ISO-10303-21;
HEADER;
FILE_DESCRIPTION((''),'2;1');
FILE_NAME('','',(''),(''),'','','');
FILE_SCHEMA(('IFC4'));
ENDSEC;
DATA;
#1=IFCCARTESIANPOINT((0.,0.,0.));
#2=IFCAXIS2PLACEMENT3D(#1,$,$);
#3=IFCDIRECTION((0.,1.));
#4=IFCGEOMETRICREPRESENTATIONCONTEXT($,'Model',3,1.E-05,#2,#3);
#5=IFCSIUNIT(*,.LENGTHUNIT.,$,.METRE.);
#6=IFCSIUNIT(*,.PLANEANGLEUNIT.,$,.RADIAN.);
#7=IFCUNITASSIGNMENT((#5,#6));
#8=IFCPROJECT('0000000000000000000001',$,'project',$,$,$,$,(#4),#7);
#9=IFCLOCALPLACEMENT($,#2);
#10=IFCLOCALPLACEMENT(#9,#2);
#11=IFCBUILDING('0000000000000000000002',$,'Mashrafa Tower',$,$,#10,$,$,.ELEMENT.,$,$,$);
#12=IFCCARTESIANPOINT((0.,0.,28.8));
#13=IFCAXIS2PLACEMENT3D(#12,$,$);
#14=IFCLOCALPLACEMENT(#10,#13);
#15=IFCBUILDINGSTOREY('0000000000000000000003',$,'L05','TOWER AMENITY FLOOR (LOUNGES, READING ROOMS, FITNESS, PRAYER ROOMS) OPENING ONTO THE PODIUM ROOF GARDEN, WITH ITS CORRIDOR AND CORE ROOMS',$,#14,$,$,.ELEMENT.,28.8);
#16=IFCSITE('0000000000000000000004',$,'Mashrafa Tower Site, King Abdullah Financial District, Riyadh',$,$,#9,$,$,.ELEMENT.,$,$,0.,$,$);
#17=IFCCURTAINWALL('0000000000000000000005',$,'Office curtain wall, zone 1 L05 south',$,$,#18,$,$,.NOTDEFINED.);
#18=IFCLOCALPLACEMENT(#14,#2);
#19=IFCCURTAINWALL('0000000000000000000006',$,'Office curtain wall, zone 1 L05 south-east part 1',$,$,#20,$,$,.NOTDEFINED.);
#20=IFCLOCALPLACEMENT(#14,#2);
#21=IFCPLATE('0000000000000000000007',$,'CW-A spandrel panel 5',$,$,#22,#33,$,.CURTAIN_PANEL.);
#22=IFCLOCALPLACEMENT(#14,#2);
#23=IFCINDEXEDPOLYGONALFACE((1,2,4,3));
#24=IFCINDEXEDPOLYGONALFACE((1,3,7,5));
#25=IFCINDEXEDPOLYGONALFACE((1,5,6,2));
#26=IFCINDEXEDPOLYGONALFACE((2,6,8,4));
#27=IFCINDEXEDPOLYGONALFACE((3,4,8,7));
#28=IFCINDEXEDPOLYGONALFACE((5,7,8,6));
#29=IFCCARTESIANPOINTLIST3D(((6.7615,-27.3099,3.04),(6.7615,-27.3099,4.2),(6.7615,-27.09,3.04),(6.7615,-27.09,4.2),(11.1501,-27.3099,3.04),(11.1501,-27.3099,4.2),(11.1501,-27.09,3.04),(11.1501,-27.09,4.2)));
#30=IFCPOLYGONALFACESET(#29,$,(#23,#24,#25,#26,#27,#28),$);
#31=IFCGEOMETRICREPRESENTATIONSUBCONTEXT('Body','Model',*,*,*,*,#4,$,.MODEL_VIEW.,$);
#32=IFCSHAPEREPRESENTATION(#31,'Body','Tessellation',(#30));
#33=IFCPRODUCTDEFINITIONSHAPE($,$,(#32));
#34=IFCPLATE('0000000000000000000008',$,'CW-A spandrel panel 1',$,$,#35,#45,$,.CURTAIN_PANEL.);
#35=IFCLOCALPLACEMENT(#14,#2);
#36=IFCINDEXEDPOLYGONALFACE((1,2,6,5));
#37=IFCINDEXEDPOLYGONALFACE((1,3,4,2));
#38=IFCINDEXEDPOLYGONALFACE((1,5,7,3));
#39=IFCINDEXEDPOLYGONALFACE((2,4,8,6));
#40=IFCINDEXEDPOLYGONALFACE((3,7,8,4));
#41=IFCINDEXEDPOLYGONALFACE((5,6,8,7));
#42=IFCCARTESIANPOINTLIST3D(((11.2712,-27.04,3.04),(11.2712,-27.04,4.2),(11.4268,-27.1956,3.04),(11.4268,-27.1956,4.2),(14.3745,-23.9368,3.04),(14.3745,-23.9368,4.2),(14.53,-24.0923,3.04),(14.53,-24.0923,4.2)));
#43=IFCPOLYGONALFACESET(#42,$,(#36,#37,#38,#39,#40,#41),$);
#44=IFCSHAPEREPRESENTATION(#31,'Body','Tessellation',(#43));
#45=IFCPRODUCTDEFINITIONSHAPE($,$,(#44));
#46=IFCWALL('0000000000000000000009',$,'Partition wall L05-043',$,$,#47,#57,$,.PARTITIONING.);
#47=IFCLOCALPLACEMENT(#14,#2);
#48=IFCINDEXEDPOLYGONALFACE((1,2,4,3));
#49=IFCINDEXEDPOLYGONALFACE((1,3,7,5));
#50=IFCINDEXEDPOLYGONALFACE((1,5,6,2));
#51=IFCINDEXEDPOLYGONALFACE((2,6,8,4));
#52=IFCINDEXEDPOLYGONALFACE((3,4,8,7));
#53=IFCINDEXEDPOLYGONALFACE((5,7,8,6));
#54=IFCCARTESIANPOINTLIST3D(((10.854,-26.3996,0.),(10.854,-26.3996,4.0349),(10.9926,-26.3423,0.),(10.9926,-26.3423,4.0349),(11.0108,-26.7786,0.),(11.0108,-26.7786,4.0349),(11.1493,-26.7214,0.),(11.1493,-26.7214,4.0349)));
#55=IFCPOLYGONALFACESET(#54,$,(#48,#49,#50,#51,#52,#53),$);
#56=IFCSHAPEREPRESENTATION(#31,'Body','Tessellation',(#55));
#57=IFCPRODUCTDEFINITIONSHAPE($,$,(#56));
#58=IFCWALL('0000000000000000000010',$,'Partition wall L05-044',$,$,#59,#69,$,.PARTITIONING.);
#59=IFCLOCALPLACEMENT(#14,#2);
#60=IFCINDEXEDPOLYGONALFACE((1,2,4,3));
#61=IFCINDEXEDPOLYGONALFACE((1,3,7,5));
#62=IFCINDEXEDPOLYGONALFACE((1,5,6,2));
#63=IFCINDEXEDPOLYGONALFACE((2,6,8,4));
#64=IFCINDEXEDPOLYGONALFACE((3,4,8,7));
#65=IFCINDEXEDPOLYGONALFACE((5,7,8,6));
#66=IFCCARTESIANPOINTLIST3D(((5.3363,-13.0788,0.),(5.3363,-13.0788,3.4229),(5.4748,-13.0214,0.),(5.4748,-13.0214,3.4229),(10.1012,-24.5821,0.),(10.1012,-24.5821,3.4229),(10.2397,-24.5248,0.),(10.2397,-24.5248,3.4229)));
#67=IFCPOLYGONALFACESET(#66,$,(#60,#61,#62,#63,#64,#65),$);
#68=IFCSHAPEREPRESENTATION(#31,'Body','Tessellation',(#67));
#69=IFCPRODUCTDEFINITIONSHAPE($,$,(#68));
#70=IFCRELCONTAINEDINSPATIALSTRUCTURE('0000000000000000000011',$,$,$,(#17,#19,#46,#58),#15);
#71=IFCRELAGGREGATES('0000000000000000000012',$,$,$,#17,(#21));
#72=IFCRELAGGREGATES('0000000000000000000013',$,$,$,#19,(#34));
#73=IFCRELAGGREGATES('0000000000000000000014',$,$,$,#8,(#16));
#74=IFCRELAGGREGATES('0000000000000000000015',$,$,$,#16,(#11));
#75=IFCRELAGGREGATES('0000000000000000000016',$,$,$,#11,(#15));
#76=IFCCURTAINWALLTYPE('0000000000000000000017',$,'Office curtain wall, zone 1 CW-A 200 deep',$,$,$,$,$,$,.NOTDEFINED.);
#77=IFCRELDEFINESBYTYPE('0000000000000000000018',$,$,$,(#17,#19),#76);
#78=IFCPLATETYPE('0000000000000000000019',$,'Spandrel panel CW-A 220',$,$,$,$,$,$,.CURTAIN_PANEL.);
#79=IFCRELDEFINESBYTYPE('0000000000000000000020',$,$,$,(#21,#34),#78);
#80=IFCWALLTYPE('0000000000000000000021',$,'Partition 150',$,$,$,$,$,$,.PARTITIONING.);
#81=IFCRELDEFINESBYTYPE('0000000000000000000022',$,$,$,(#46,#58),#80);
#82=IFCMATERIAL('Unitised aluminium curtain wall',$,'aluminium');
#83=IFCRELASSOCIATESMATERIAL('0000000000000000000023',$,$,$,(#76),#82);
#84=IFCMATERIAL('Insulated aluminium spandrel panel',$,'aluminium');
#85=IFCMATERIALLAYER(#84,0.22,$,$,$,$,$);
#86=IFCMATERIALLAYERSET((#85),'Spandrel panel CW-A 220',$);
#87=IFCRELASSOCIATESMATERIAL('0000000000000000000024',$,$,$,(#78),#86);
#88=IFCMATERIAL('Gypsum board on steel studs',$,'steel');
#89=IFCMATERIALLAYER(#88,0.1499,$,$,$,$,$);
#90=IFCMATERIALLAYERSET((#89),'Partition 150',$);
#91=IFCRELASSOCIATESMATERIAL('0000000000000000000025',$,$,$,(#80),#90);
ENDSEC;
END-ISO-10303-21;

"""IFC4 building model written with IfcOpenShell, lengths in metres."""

from ifc_helpers import new_model, si_unit, direction, frame, frame_2d, origin, origin_2d, place, context, subcontext, project, spatial, rectangle, extrude, source, transform, mapped, material, layer, layer_set, type_object, type_shapes, element, aggregate, save


model = new_model("IFC4")

# Units and contexts
model_context = context("Model", 3, precision=1e-05, world=origin(), true_north=direction((0.0, 1.0)))
body_context = subcontext(model_context, "Body", "Model", "MODEL_VIEW")
ifc_project = project(units=[si_unit("LENGTHUNIT", "METRE"), si_unit("PLANEANGLEUNIT", "RADIAN")], contexts=[model_context])

# Site, building, storey
site_placement = place(None, origin())
site = spatial("IfcSite", under=ifc_project, at=site_placement, Name="Mashrafa Tower Site, King Abdullah Financial District, Riyadh", CompositionType="ELEMENT", RefElevation=0.0)
building_placement = place(site_placement, origin())
building = spatial("IfcBuilding", under=site, at=building_placement, Name="Mashrafa Tower", CompositionType="ELEMENT")
storey_placement = place(building_placement, frame((0.0, 0.0, 28.8)))
storey = spatial("IfcBuildingStorey", under=building, at=storey_placement, Name="L05", Description="TOWER AMENITY FLOOR (LOUNGES, READING ROOMS, FITNESS, PRAYER ROOMS) OPENING ONTO THE PODIUM ROOF GARDEN, WITH ITS CORRIDOR AND CORE ROOMS", CompositionType="ELEMENT", Elevation=28.8)

# Curtain walls
ifc_material_1 = material(Name="Unitised aluminium curtain wall", Category="aluminium")
curtain_wall_type = type_object("IfcCurtainWallType", Name="Office curtain wall, zone 1 CW-A 200 deep", PredefinedType="NOTDEFINED", material=ifc_material_1)
curtain_wall_1_placement = place(storey_placement, origin())
curtain_wall_1 = element("IfcCurtainWall", 1, at=curtain_wall_1_placement, inside=storey, type_object=curtain_wall_type, Name="Office curtain wall, zone 1 L05 south", PredefinedType="NOTDEFINED")
curtain_wall_2_placement = place(storey_placement, origin())
curtain_wall_2 = element("IfcCurtainWall", 2, at=curtain_wall_2_placement, inside=storey, type_object=curtain_wall_type, Name="Office curtain wall, zone 1 L05 south-east part 1", PredefinedType="NOTDEFINED")

# Plates
ifc_material_2 = material(Name="Insulated aluminium spandrel panel", Category="aluminium")
ifc_layer_1 = layer(ifc_material_2, 0.22)
ifc_layer_set_1 = layer_set([ifc_layer_1], Name="Spandrel panel CW-A 220")
plate_type_1 = type_object("IfcPlateType", Name="Spandrel panel CW-A 220", PredefinedType="CURTAIN_PANEL", material=ifc_layer_set_1)
shared_shape_1 = source(origin(), body_context, "Body", "SweptSolid", [
    extrude(rectangle(XDim=4.3887, YDim=0.22, at=origin_2d()), origin(), (0.0, 0.0, 1.0), 1.1599),
])
type_shapes(plate_type_1, [shared_shape_1])
plate_1_placement = place(storey_placement, frame((8.9558, -27.2, 3.04), z_axis=(0.0, 0.0, 1.0), x_axis=(1.0, 0.0, 0.0)))
plate_1 = element("IfcPlate", 3, at=plate_1_placement, type_object=plate_type_1, Name="CW-A spandrel panel 5", PredefinedType="CURTAIN_PANEL", context=body_context, shape_type="MappedRepresentation", body=[
    mapped(shared_shape_1, transform((0.0, 0.0, 0.0))),
])
aggregate(curtain_wall_1, [plate_1])
plate_2_placement = place(storey_placement, frame((12.9006, -25.5662, 3.04), z_axis=(0.0, 0.0, 1.0), x_axis=(0.707107, 0.707107, 0.0)))
plate_2 = element("IfcPlate", 4, at=plate_2_placement, type_object=plate_type_1, Name="CW-A spandrel panel 1", PredefinedType="CURTAIN_PANEL", context=body_context, shape_type="MappedRepresentation", body=[
    mapped(shared_shape_1, transform((0.0, 0.0, 0.0))),
])
aggregate(curtain_wall_2, [plate_2])

# Walls
ifc_material_3 = material(Name="Gypsum board on steel studs", Category="steel")
ifc_layer_2 = layer(ifc_material_3, 0.1499)
ifc_layer_set_2 = layer_set([ifc_layer_2], Name="Partition 150")
wall_type_1 = type_object("IfcWallType", Name="Partition 150", PredefinedType="PARTITIONING", material=ifc_layer_set_2)
wall_1_placement = place(storey_placement, frame((11.0801, -26.75, 0.0), z_axis=(0.0, 0.0, 1.0), x_axis=(-0.382247, 0.92406, 0.0)))
element("IfcWall", 5, at=wall_1_placement, inside=storey, type_object=wall_type_1, Name="Partition wall L05-043", PredefinedType="PARTITIONING", context=body_context, shape_type="SweptSolid", body=[
    extrude(rectangle(XDim=0.4102, YDim=0.1499, at=frame_2d((0.2051, 0.0))), origin(), (0.0, 0.0, 1.0), 4.0349),
])
wall_2_placement = place(storey_placement, frame((10.1704, -24.5535, 0.0), z_axis=(0.0, 0.0, 1.0), x_axis=(-0.382685, 0.923879, 0.0)))
element("IfcWall", 6, at=wall_2_placement, inside=storey, type_object=wall_type_1, Name="Partition wall L05-044", PredefinedType="PARTITIONING", context=body_context, shape_type="SweptSolid", body=[
    extrude(rectangle(XDim=12.4512, YDim=0.1499, at=frame_2d((6.2256, 0.0))), origin(), (0.0, 0.0, 1.0), 3.4229),
])

save(model, "model.ifc")
